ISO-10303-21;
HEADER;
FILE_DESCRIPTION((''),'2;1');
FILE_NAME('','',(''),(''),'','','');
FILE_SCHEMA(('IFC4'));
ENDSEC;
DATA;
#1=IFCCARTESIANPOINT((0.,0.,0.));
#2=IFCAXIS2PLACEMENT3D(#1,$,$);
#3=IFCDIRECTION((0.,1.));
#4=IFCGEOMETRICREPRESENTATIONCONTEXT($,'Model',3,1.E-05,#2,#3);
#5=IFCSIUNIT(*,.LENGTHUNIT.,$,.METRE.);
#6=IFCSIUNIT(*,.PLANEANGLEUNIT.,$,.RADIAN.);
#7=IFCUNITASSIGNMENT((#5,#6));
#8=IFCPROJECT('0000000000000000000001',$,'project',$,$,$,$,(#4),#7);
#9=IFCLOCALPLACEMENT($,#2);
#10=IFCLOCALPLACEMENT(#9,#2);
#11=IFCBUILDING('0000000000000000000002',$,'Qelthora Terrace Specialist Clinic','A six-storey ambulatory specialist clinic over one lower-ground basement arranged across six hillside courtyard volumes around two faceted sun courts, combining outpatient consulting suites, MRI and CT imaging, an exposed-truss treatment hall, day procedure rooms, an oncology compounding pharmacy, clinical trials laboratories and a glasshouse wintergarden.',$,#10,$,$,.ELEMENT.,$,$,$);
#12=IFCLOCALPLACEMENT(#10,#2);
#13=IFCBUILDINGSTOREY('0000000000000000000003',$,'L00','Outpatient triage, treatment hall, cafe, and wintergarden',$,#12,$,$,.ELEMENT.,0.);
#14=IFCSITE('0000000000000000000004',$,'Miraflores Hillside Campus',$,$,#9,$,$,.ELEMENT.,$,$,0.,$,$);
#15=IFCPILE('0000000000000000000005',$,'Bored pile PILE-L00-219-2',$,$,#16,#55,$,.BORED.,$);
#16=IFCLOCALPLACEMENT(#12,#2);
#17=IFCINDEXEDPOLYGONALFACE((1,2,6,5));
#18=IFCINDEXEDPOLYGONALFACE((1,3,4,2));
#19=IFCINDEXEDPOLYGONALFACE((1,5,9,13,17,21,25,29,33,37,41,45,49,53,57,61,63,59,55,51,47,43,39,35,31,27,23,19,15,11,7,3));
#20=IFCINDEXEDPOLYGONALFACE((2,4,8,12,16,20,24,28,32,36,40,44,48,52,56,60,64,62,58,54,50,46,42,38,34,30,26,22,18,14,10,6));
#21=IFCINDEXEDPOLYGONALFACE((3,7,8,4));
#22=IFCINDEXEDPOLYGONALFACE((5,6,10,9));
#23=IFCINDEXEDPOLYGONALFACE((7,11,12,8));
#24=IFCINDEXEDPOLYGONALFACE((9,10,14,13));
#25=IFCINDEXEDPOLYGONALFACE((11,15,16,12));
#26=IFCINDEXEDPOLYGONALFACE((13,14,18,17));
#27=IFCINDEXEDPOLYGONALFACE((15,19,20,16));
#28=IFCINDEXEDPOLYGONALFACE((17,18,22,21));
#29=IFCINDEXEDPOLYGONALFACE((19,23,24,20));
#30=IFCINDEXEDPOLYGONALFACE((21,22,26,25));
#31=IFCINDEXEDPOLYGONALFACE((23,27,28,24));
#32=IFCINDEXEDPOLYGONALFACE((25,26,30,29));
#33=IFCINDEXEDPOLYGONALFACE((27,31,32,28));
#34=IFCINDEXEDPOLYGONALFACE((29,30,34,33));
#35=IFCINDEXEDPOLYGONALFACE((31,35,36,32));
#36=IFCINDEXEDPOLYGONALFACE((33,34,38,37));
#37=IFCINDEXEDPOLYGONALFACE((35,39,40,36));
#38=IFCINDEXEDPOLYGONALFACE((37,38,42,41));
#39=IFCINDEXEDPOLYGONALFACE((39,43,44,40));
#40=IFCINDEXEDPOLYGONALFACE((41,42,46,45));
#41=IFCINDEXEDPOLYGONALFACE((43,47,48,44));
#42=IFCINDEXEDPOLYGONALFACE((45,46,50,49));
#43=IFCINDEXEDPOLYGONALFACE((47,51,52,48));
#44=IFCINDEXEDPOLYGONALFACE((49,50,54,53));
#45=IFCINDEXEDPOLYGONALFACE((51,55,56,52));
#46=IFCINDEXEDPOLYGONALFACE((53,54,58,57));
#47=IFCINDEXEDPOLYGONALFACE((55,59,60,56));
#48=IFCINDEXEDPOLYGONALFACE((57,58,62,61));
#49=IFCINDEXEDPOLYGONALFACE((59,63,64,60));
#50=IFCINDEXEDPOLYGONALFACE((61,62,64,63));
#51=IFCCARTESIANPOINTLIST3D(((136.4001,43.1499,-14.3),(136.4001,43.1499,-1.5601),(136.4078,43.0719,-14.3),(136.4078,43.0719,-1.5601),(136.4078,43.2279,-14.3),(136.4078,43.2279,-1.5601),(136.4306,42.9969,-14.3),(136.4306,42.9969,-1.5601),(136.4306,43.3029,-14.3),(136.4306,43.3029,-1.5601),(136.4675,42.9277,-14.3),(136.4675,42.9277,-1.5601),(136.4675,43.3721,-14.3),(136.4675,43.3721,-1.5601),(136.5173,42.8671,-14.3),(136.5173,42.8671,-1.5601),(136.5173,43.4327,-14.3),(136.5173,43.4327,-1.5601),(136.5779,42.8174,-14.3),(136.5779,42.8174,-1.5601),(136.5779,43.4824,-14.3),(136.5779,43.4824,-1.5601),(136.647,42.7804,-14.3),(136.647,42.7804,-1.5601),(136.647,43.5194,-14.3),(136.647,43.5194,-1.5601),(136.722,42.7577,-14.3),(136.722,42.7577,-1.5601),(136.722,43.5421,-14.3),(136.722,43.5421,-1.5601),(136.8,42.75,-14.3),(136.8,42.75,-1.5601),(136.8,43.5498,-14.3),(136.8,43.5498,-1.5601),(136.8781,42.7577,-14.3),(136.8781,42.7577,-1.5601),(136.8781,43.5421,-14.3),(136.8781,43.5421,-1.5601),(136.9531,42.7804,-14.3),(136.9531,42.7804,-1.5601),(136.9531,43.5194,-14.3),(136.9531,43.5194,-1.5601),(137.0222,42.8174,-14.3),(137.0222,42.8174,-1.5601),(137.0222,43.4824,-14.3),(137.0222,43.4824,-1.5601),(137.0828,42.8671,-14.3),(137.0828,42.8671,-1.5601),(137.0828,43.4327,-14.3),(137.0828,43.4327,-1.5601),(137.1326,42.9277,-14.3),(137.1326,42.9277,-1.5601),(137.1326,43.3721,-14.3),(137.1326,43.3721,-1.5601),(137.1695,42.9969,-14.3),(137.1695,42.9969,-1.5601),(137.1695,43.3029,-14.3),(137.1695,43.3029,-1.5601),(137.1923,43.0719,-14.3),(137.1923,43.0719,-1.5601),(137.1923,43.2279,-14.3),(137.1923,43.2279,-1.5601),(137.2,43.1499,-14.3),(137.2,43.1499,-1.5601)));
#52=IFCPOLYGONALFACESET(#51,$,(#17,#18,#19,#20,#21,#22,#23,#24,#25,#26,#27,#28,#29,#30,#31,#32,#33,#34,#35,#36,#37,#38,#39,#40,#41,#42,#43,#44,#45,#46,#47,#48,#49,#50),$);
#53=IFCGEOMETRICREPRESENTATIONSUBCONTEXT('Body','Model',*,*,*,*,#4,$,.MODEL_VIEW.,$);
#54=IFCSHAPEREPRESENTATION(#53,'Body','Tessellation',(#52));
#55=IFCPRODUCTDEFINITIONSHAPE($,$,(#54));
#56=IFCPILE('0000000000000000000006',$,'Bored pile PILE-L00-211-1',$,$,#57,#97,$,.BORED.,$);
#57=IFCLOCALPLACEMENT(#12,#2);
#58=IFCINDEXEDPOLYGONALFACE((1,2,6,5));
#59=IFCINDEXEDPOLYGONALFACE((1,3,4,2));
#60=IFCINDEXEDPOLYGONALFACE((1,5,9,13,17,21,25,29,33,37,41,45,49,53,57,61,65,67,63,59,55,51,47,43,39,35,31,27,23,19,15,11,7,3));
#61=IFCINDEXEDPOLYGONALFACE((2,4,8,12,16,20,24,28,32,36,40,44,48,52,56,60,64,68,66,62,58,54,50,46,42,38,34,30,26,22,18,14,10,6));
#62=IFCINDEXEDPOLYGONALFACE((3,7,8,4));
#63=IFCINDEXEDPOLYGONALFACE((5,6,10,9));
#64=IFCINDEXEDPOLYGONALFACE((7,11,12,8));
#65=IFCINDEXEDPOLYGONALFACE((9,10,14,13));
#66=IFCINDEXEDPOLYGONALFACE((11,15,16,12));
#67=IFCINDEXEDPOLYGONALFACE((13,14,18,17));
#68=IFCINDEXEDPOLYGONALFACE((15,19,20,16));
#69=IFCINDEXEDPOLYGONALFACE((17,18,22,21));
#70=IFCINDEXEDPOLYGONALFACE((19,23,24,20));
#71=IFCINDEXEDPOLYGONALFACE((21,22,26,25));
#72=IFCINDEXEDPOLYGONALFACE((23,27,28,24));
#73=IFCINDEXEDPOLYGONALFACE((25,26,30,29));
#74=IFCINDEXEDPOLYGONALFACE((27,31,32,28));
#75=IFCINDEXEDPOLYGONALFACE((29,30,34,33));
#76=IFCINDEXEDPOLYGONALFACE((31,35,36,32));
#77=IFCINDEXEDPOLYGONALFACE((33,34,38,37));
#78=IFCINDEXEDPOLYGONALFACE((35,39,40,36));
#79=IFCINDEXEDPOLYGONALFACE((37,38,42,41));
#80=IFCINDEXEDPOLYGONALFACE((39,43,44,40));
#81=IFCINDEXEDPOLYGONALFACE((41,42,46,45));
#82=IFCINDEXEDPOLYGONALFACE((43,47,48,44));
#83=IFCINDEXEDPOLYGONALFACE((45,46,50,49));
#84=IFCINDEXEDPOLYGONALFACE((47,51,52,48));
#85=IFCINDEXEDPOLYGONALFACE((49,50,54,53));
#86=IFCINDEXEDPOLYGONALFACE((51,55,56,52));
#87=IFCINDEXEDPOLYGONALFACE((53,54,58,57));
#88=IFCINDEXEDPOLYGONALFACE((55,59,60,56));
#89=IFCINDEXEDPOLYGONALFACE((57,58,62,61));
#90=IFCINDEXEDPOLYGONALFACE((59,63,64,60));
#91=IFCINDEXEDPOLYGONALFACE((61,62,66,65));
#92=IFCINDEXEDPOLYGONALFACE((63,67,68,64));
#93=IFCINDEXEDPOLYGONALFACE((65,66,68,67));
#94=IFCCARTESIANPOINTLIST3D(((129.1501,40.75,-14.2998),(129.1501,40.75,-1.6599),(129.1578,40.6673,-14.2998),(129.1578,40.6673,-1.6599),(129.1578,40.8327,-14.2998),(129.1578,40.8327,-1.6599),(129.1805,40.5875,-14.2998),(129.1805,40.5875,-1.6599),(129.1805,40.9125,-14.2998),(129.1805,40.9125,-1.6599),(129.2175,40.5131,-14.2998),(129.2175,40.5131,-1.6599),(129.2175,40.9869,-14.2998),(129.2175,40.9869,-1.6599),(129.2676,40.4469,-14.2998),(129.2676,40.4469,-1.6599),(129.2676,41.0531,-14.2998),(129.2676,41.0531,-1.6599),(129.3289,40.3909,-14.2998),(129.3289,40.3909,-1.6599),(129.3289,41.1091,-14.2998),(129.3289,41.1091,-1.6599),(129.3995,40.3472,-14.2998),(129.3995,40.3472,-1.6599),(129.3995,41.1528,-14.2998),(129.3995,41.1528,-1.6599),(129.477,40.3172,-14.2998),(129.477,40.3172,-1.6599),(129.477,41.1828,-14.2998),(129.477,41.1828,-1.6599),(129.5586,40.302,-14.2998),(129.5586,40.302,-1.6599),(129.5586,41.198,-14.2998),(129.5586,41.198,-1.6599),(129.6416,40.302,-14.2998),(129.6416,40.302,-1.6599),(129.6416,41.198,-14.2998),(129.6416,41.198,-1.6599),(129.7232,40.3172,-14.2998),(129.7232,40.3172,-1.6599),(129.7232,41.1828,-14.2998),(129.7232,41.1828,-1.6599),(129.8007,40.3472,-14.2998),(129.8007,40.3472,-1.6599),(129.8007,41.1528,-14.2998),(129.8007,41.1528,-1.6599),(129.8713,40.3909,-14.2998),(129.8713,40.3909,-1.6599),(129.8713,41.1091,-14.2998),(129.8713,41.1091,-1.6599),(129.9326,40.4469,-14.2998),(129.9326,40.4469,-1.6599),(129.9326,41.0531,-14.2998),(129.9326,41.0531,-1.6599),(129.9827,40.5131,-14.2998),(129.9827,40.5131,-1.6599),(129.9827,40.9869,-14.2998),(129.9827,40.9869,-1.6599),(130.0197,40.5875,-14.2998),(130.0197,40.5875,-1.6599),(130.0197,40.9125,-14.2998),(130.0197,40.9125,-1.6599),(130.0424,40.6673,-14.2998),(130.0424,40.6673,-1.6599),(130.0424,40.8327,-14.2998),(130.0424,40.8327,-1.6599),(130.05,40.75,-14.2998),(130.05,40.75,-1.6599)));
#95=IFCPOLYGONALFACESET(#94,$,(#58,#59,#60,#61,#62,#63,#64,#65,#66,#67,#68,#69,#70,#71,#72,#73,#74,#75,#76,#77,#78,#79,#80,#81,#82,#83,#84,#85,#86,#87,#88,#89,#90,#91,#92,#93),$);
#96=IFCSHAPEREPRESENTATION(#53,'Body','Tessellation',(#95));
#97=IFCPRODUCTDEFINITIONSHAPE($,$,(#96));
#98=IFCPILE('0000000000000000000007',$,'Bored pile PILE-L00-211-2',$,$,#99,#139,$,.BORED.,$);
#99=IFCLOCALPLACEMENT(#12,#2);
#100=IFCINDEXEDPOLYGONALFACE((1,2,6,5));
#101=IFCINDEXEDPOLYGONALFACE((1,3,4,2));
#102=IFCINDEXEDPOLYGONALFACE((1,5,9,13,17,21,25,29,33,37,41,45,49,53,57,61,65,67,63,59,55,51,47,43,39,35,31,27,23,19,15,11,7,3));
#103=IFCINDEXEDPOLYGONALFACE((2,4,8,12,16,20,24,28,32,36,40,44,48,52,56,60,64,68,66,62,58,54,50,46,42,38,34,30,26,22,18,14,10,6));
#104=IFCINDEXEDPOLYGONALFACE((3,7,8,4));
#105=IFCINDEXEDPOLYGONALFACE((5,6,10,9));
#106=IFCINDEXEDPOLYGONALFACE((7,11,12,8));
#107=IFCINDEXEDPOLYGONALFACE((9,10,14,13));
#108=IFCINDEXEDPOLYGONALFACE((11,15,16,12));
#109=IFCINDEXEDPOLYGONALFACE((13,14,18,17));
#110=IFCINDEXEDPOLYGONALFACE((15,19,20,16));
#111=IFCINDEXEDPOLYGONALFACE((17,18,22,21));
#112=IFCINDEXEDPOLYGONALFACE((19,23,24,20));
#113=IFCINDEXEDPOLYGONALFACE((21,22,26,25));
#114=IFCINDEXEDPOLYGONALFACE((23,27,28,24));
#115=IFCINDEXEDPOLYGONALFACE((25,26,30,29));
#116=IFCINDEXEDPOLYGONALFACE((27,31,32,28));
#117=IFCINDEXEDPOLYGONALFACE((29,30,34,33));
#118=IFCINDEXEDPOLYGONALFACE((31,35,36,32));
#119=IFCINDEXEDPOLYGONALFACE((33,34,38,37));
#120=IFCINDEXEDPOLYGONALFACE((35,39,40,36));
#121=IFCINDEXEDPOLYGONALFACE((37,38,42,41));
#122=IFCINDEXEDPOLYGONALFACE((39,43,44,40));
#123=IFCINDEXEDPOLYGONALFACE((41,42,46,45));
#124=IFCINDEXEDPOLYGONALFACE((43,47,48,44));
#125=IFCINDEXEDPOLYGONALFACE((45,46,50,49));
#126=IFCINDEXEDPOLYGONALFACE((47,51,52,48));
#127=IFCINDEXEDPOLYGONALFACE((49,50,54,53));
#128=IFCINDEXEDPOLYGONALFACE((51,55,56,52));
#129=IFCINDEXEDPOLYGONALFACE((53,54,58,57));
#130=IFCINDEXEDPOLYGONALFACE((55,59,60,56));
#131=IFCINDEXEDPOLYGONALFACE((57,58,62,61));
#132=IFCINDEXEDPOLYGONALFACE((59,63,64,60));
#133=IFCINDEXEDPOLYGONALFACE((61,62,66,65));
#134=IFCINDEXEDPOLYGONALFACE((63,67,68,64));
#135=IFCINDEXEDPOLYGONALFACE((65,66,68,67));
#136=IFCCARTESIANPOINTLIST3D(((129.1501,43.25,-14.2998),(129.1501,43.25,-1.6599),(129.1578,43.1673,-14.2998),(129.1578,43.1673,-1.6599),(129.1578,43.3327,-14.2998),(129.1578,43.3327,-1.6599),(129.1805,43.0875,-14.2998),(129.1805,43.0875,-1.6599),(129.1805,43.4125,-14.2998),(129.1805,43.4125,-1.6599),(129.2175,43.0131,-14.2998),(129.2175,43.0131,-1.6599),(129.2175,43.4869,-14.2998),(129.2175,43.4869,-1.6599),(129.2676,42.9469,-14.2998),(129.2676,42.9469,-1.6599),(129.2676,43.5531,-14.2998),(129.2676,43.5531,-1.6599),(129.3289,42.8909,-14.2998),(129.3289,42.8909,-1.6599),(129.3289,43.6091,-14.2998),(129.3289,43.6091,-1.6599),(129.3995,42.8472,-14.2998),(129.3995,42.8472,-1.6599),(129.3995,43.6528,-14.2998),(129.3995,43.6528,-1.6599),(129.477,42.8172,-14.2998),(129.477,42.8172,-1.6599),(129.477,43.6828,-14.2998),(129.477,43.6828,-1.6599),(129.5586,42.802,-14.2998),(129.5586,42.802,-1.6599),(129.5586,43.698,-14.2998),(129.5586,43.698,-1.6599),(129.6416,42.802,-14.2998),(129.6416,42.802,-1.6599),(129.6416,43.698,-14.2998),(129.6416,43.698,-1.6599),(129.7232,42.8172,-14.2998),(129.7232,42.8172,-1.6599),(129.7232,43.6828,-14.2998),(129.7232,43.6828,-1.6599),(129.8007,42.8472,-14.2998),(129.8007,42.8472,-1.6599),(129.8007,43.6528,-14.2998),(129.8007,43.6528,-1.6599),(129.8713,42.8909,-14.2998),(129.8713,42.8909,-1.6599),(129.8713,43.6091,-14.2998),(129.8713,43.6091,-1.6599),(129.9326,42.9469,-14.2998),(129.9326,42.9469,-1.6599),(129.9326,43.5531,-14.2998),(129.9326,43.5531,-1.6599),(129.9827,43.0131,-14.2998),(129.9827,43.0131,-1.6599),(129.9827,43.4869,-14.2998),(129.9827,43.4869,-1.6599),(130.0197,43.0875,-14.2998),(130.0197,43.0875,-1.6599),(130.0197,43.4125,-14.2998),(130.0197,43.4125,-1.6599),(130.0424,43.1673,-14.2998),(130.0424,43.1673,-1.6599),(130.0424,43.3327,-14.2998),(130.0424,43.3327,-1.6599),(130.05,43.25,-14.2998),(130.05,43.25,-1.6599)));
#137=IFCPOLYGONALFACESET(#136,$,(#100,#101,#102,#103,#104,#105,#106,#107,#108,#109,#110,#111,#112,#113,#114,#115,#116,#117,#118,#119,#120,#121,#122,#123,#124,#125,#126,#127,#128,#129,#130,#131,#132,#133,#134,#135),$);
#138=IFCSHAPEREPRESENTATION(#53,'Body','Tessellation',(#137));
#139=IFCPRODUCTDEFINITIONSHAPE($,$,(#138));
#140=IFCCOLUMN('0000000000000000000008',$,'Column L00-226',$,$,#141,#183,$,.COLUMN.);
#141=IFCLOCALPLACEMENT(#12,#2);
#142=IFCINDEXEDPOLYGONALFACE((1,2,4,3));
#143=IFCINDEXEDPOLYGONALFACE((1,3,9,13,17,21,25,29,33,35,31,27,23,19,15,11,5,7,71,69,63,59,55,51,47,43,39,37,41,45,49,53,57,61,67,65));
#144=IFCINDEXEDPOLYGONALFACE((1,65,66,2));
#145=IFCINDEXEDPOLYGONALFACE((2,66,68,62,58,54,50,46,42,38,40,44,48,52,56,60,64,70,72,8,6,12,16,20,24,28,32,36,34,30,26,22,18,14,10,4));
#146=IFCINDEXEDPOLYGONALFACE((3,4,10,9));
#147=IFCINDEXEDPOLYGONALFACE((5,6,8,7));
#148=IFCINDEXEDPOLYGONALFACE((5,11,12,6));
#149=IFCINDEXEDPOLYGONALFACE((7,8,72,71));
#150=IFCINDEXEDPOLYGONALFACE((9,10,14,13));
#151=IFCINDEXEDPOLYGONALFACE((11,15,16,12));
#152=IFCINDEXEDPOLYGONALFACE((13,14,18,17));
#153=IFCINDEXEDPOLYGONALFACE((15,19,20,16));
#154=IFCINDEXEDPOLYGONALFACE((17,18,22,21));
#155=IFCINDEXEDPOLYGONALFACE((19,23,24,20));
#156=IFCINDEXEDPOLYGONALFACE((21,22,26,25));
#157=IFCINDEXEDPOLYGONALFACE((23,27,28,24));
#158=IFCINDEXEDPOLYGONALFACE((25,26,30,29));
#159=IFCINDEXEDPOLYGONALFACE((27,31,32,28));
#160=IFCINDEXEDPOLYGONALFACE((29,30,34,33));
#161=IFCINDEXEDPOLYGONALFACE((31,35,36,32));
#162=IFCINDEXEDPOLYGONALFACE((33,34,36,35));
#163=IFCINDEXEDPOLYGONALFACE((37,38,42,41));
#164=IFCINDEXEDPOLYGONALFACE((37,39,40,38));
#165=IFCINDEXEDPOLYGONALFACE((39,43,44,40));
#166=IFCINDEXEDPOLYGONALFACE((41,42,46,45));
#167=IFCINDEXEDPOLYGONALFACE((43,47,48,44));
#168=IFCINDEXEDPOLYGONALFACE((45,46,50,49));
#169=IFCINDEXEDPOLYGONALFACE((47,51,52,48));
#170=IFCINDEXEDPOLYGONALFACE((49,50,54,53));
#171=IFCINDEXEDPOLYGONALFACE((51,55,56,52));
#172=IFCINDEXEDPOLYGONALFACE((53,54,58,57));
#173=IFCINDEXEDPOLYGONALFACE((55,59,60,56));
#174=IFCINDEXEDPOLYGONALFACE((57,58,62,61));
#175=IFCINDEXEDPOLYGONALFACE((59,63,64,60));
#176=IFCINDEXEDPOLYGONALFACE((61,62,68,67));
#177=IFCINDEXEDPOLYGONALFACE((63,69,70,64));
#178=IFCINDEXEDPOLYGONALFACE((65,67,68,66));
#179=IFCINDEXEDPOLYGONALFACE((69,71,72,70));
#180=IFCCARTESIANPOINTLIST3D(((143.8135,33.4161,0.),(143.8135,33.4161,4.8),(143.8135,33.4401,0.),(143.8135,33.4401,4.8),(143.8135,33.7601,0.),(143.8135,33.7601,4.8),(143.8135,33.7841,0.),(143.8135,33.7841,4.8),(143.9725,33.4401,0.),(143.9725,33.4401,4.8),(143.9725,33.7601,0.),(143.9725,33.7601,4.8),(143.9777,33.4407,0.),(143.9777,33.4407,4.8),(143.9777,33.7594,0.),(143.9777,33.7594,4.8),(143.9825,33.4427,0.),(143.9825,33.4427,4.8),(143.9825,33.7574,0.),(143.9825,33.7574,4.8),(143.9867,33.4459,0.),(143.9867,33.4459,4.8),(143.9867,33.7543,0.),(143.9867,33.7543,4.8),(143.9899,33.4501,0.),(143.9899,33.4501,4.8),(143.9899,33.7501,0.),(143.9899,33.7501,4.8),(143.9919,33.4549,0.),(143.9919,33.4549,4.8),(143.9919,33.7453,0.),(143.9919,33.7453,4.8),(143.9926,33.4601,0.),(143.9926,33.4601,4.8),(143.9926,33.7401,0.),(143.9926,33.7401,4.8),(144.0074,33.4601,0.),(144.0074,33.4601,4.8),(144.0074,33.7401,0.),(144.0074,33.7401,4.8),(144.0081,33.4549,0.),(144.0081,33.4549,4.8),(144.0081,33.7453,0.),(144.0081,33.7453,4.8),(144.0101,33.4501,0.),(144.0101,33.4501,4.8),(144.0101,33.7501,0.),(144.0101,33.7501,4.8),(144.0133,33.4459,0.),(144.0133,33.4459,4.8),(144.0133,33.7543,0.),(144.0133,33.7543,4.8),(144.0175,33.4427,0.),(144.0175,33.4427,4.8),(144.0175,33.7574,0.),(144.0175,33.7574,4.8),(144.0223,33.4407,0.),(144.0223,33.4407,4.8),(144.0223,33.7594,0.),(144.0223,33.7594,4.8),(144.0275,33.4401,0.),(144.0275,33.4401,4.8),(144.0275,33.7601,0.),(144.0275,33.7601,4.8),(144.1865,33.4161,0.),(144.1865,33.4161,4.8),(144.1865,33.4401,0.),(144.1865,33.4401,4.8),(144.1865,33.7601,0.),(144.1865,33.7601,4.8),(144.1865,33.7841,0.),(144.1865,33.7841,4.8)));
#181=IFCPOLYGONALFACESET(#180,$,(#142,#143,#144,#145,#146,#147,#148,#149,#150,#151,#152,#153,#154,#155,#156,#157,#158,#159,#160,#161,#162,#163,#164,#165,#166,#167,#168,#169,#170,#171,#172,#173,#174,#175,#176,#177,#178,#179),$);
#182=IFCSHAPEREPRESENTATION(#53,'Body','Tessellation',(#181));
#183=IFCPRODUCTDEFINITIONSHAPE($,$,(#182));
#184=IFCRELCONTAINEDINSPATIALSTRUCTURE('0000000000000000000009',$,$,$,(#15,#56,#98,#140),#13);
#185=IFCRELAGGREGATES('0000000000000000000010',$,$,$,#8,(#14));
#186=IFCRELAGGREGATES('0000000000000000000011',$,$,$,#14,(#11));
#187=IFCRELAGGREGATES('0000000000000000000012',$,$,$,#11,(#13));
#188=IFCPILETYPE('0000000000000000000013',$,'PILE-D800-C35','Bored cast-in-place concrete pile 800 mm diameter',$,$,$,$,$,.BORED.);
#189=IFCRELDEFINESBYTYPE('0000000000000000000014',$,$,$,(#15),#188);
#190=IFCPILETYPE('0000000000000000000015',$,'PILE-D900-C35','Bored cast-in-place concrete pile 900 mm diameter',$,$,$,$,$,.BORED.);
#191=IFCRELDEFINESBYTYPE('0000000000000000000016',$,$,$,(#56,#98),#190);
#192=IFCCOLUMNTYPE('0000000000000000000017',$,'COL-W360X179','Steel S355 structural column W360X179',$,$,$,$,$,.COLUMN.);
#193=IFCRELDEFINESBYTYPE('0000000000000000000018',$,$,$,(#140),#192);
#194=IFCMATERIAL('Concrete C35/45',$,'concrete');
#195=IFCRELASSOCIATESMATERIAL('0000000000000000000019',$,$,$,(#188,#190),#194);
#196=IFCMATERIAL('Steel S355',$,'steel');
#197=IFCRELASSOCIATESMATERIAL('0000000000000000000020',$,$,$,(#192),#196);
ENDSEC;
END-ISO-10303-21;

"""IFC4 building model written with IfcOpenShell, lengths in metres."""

from ifc_helpers import new_model, si_unit, direction, frame, origin, origin_2d, place, context, subcontext, project, spatial, circle, i_section, extrude, material, material_profile, profile_set, type_object, element, save


model = new_model("IFC4")

# Units and contexts
model_context = context("Model", 3, precision=1e-05, world=origin(), true_north=direction((0.0, 1.0)))
body_context = subcontext(model_context, "Body", "Model", "MODEL_VIEW")
ifc_project = project(units=[si_unit("LENGTHUNIT", "METRE"), si_unit("PLANEANGLEUNIT", "RADIAN")], contexts=[model_context])

# Site, building, storey
site_placement = place(None, origin())
site = spatial("IfcSite", under=ifc_project, at=site_placement, Name="Miraflores Hillside Campus", CompositionType="ELEMENT", RefElevation=0.0)
building_placement = place(site_placement, origin())
building = spatial("IfcBuilding", under=site, at=building_placement, Name="Qelthora Terrace Specialist Clinic", Description="A six-storey ambulatory specialist clinic over one lower-ground basement arranged across six hillside courtyard volumes around two faceted sun courts, combining outpatient consulting suites, MRI and CT imaging, an exposed-truss treatment hall, day procedure rooms, an oncology compounding pharmacy, clinical trials laboratories and a glasshouse wintergarden.", CompositionType="ELEMENT")
storey_placement = place(building_placement, origin())
storey = spatial("IfcBuildingStorey", under=building, at=storey_placement, Name="L00", Description="Outpatient triage, treatment hall, cafe, and wintergarden", CompositionType="ELEMENT", Elevation=0.0)

# Shared definitions
ifc_material_1 = material(Name="Concrete C35/45", Category="concrete")

# Piles
ifc_material_profile_1 = material_profile(ifc_material_1, circle(Radius=0.3999, at=origin_2d()), Name="PILE800")
ifc_profile_set_1 = profile_set([ifc_material_profile_1], Name="Concrete C35/45")
pile_type_1 = type_object("IfcPileType", Name="PILE-D800-C35", Description="Bored cast-in-place concrete pile 800 mm diameter", PredefinedType="BORED", material=ifc_profile_set_1)
for number, where, z_axis, x_axis, name in (
    (1, (136.8, 43.1499, -1.5601), (0.0, 0.0, -1.0), (1.0, 0.0, 0.0), "Bored pile PILE-L00-219-2"),
):
    element("IfcPile", number, at=place(storey_placement, frame(where, z_axis=z_axis, x_axis=x_axis)), inside=storey, type_object=pile_type_1, Name=name, PredefinedType="BORED", context=body_context, shape_type="SweptSolid", body=[
        extrude(circle(Radius=0.3999, at=origin_2d()), origin(), (0.0, 0.0, 1.0), 12.74),
    ])
ifc_material_profile_2 = material_profile(ifc_material_1, circle(Radius=0.45, at=origin_2d()), Name="PILE900")
ifc_profile_set_2 = profile_set([ifc_material_profile_2], Name="Concrete C35/45")
pile_type_2 = type_object("IfcPileType", Name="PILE-D900-C35", Description="Bored cast-in-place concrete pile 900 mm diameter", PredefinedType="BORED", material=ifc_profile_set_2)
for number, where, z_axis, x_axis, name in (
    (2, (129.6001, 40.75, -1.6599), (0.0, 0.0, -1.0), (1.0, 0.0, 0.0), "Bored pile PILE-L00-211-1"),
    (3, (129.6001, 43.25, -1.6599), (0.0, 0.0, -1.0), (1.0, 0.0, 0.0), "Bored pile PILE-L00-211-2"),
):
    element("IfcPile", number, at=place(storey_placement, frame(where, z_axis=z_axis, x_axis=x_axis)), inside=storey, type_object=pile_type_2, Name=name, PredefinedType="BORED", context=body_context, shape_type="SweptSolid", body=[
        extrude(circle(Radius=0.45, at=origin_2d()), origin(), (0.0, 0.0, 1.0), 12.6399),
    ])

# Column
ifc_material_2 = material(Name="Steel S355", Category="steel")
ifc_material_profile_3 = material_profile(ifc_material_2, i_section(OverallWidth=0.373, OverallDepth=0.3679, WebThickness=0.0149, FlangeThickness=0.0239, FilletRadius=0.02, at=origin_2d()), Name="W360X179")
ifc_profile_set_3 = profile_set([ifc_material_profile_3], Name="Steel S355")
column_type_1 = type_object("IfcColumnType", Name="COL-W360X179", Description="Steel S355 structural column W360X179", PredefinedType="COLUMN", material=ifc_profile_set_3)
column_1_placement = place(storey_placement, frame((144.0, 33.6001, 0.0), z_axis=(0.0, 0.0, 1.0), x_axis=(1.0, 0.0, 0.0)))
element("IfcColumn", 4, at=column_1_placement, inside=storey, type_object=column_type_1, Name="Column L00-226", PredefinedType="COLUMN", context=body_context, shape_type="SweptSolid", body=[
    extrude(i_section(OverallWidth=0.373, OverallDepth=0.3679, WebThickness=0.0149, FlangeThickness=0.0239, FilletRadius=0.02, at=origin_2d()), origin(), (0.0, 0.0, 1.0), 4.8),
])

save(model, "model.ifc")
